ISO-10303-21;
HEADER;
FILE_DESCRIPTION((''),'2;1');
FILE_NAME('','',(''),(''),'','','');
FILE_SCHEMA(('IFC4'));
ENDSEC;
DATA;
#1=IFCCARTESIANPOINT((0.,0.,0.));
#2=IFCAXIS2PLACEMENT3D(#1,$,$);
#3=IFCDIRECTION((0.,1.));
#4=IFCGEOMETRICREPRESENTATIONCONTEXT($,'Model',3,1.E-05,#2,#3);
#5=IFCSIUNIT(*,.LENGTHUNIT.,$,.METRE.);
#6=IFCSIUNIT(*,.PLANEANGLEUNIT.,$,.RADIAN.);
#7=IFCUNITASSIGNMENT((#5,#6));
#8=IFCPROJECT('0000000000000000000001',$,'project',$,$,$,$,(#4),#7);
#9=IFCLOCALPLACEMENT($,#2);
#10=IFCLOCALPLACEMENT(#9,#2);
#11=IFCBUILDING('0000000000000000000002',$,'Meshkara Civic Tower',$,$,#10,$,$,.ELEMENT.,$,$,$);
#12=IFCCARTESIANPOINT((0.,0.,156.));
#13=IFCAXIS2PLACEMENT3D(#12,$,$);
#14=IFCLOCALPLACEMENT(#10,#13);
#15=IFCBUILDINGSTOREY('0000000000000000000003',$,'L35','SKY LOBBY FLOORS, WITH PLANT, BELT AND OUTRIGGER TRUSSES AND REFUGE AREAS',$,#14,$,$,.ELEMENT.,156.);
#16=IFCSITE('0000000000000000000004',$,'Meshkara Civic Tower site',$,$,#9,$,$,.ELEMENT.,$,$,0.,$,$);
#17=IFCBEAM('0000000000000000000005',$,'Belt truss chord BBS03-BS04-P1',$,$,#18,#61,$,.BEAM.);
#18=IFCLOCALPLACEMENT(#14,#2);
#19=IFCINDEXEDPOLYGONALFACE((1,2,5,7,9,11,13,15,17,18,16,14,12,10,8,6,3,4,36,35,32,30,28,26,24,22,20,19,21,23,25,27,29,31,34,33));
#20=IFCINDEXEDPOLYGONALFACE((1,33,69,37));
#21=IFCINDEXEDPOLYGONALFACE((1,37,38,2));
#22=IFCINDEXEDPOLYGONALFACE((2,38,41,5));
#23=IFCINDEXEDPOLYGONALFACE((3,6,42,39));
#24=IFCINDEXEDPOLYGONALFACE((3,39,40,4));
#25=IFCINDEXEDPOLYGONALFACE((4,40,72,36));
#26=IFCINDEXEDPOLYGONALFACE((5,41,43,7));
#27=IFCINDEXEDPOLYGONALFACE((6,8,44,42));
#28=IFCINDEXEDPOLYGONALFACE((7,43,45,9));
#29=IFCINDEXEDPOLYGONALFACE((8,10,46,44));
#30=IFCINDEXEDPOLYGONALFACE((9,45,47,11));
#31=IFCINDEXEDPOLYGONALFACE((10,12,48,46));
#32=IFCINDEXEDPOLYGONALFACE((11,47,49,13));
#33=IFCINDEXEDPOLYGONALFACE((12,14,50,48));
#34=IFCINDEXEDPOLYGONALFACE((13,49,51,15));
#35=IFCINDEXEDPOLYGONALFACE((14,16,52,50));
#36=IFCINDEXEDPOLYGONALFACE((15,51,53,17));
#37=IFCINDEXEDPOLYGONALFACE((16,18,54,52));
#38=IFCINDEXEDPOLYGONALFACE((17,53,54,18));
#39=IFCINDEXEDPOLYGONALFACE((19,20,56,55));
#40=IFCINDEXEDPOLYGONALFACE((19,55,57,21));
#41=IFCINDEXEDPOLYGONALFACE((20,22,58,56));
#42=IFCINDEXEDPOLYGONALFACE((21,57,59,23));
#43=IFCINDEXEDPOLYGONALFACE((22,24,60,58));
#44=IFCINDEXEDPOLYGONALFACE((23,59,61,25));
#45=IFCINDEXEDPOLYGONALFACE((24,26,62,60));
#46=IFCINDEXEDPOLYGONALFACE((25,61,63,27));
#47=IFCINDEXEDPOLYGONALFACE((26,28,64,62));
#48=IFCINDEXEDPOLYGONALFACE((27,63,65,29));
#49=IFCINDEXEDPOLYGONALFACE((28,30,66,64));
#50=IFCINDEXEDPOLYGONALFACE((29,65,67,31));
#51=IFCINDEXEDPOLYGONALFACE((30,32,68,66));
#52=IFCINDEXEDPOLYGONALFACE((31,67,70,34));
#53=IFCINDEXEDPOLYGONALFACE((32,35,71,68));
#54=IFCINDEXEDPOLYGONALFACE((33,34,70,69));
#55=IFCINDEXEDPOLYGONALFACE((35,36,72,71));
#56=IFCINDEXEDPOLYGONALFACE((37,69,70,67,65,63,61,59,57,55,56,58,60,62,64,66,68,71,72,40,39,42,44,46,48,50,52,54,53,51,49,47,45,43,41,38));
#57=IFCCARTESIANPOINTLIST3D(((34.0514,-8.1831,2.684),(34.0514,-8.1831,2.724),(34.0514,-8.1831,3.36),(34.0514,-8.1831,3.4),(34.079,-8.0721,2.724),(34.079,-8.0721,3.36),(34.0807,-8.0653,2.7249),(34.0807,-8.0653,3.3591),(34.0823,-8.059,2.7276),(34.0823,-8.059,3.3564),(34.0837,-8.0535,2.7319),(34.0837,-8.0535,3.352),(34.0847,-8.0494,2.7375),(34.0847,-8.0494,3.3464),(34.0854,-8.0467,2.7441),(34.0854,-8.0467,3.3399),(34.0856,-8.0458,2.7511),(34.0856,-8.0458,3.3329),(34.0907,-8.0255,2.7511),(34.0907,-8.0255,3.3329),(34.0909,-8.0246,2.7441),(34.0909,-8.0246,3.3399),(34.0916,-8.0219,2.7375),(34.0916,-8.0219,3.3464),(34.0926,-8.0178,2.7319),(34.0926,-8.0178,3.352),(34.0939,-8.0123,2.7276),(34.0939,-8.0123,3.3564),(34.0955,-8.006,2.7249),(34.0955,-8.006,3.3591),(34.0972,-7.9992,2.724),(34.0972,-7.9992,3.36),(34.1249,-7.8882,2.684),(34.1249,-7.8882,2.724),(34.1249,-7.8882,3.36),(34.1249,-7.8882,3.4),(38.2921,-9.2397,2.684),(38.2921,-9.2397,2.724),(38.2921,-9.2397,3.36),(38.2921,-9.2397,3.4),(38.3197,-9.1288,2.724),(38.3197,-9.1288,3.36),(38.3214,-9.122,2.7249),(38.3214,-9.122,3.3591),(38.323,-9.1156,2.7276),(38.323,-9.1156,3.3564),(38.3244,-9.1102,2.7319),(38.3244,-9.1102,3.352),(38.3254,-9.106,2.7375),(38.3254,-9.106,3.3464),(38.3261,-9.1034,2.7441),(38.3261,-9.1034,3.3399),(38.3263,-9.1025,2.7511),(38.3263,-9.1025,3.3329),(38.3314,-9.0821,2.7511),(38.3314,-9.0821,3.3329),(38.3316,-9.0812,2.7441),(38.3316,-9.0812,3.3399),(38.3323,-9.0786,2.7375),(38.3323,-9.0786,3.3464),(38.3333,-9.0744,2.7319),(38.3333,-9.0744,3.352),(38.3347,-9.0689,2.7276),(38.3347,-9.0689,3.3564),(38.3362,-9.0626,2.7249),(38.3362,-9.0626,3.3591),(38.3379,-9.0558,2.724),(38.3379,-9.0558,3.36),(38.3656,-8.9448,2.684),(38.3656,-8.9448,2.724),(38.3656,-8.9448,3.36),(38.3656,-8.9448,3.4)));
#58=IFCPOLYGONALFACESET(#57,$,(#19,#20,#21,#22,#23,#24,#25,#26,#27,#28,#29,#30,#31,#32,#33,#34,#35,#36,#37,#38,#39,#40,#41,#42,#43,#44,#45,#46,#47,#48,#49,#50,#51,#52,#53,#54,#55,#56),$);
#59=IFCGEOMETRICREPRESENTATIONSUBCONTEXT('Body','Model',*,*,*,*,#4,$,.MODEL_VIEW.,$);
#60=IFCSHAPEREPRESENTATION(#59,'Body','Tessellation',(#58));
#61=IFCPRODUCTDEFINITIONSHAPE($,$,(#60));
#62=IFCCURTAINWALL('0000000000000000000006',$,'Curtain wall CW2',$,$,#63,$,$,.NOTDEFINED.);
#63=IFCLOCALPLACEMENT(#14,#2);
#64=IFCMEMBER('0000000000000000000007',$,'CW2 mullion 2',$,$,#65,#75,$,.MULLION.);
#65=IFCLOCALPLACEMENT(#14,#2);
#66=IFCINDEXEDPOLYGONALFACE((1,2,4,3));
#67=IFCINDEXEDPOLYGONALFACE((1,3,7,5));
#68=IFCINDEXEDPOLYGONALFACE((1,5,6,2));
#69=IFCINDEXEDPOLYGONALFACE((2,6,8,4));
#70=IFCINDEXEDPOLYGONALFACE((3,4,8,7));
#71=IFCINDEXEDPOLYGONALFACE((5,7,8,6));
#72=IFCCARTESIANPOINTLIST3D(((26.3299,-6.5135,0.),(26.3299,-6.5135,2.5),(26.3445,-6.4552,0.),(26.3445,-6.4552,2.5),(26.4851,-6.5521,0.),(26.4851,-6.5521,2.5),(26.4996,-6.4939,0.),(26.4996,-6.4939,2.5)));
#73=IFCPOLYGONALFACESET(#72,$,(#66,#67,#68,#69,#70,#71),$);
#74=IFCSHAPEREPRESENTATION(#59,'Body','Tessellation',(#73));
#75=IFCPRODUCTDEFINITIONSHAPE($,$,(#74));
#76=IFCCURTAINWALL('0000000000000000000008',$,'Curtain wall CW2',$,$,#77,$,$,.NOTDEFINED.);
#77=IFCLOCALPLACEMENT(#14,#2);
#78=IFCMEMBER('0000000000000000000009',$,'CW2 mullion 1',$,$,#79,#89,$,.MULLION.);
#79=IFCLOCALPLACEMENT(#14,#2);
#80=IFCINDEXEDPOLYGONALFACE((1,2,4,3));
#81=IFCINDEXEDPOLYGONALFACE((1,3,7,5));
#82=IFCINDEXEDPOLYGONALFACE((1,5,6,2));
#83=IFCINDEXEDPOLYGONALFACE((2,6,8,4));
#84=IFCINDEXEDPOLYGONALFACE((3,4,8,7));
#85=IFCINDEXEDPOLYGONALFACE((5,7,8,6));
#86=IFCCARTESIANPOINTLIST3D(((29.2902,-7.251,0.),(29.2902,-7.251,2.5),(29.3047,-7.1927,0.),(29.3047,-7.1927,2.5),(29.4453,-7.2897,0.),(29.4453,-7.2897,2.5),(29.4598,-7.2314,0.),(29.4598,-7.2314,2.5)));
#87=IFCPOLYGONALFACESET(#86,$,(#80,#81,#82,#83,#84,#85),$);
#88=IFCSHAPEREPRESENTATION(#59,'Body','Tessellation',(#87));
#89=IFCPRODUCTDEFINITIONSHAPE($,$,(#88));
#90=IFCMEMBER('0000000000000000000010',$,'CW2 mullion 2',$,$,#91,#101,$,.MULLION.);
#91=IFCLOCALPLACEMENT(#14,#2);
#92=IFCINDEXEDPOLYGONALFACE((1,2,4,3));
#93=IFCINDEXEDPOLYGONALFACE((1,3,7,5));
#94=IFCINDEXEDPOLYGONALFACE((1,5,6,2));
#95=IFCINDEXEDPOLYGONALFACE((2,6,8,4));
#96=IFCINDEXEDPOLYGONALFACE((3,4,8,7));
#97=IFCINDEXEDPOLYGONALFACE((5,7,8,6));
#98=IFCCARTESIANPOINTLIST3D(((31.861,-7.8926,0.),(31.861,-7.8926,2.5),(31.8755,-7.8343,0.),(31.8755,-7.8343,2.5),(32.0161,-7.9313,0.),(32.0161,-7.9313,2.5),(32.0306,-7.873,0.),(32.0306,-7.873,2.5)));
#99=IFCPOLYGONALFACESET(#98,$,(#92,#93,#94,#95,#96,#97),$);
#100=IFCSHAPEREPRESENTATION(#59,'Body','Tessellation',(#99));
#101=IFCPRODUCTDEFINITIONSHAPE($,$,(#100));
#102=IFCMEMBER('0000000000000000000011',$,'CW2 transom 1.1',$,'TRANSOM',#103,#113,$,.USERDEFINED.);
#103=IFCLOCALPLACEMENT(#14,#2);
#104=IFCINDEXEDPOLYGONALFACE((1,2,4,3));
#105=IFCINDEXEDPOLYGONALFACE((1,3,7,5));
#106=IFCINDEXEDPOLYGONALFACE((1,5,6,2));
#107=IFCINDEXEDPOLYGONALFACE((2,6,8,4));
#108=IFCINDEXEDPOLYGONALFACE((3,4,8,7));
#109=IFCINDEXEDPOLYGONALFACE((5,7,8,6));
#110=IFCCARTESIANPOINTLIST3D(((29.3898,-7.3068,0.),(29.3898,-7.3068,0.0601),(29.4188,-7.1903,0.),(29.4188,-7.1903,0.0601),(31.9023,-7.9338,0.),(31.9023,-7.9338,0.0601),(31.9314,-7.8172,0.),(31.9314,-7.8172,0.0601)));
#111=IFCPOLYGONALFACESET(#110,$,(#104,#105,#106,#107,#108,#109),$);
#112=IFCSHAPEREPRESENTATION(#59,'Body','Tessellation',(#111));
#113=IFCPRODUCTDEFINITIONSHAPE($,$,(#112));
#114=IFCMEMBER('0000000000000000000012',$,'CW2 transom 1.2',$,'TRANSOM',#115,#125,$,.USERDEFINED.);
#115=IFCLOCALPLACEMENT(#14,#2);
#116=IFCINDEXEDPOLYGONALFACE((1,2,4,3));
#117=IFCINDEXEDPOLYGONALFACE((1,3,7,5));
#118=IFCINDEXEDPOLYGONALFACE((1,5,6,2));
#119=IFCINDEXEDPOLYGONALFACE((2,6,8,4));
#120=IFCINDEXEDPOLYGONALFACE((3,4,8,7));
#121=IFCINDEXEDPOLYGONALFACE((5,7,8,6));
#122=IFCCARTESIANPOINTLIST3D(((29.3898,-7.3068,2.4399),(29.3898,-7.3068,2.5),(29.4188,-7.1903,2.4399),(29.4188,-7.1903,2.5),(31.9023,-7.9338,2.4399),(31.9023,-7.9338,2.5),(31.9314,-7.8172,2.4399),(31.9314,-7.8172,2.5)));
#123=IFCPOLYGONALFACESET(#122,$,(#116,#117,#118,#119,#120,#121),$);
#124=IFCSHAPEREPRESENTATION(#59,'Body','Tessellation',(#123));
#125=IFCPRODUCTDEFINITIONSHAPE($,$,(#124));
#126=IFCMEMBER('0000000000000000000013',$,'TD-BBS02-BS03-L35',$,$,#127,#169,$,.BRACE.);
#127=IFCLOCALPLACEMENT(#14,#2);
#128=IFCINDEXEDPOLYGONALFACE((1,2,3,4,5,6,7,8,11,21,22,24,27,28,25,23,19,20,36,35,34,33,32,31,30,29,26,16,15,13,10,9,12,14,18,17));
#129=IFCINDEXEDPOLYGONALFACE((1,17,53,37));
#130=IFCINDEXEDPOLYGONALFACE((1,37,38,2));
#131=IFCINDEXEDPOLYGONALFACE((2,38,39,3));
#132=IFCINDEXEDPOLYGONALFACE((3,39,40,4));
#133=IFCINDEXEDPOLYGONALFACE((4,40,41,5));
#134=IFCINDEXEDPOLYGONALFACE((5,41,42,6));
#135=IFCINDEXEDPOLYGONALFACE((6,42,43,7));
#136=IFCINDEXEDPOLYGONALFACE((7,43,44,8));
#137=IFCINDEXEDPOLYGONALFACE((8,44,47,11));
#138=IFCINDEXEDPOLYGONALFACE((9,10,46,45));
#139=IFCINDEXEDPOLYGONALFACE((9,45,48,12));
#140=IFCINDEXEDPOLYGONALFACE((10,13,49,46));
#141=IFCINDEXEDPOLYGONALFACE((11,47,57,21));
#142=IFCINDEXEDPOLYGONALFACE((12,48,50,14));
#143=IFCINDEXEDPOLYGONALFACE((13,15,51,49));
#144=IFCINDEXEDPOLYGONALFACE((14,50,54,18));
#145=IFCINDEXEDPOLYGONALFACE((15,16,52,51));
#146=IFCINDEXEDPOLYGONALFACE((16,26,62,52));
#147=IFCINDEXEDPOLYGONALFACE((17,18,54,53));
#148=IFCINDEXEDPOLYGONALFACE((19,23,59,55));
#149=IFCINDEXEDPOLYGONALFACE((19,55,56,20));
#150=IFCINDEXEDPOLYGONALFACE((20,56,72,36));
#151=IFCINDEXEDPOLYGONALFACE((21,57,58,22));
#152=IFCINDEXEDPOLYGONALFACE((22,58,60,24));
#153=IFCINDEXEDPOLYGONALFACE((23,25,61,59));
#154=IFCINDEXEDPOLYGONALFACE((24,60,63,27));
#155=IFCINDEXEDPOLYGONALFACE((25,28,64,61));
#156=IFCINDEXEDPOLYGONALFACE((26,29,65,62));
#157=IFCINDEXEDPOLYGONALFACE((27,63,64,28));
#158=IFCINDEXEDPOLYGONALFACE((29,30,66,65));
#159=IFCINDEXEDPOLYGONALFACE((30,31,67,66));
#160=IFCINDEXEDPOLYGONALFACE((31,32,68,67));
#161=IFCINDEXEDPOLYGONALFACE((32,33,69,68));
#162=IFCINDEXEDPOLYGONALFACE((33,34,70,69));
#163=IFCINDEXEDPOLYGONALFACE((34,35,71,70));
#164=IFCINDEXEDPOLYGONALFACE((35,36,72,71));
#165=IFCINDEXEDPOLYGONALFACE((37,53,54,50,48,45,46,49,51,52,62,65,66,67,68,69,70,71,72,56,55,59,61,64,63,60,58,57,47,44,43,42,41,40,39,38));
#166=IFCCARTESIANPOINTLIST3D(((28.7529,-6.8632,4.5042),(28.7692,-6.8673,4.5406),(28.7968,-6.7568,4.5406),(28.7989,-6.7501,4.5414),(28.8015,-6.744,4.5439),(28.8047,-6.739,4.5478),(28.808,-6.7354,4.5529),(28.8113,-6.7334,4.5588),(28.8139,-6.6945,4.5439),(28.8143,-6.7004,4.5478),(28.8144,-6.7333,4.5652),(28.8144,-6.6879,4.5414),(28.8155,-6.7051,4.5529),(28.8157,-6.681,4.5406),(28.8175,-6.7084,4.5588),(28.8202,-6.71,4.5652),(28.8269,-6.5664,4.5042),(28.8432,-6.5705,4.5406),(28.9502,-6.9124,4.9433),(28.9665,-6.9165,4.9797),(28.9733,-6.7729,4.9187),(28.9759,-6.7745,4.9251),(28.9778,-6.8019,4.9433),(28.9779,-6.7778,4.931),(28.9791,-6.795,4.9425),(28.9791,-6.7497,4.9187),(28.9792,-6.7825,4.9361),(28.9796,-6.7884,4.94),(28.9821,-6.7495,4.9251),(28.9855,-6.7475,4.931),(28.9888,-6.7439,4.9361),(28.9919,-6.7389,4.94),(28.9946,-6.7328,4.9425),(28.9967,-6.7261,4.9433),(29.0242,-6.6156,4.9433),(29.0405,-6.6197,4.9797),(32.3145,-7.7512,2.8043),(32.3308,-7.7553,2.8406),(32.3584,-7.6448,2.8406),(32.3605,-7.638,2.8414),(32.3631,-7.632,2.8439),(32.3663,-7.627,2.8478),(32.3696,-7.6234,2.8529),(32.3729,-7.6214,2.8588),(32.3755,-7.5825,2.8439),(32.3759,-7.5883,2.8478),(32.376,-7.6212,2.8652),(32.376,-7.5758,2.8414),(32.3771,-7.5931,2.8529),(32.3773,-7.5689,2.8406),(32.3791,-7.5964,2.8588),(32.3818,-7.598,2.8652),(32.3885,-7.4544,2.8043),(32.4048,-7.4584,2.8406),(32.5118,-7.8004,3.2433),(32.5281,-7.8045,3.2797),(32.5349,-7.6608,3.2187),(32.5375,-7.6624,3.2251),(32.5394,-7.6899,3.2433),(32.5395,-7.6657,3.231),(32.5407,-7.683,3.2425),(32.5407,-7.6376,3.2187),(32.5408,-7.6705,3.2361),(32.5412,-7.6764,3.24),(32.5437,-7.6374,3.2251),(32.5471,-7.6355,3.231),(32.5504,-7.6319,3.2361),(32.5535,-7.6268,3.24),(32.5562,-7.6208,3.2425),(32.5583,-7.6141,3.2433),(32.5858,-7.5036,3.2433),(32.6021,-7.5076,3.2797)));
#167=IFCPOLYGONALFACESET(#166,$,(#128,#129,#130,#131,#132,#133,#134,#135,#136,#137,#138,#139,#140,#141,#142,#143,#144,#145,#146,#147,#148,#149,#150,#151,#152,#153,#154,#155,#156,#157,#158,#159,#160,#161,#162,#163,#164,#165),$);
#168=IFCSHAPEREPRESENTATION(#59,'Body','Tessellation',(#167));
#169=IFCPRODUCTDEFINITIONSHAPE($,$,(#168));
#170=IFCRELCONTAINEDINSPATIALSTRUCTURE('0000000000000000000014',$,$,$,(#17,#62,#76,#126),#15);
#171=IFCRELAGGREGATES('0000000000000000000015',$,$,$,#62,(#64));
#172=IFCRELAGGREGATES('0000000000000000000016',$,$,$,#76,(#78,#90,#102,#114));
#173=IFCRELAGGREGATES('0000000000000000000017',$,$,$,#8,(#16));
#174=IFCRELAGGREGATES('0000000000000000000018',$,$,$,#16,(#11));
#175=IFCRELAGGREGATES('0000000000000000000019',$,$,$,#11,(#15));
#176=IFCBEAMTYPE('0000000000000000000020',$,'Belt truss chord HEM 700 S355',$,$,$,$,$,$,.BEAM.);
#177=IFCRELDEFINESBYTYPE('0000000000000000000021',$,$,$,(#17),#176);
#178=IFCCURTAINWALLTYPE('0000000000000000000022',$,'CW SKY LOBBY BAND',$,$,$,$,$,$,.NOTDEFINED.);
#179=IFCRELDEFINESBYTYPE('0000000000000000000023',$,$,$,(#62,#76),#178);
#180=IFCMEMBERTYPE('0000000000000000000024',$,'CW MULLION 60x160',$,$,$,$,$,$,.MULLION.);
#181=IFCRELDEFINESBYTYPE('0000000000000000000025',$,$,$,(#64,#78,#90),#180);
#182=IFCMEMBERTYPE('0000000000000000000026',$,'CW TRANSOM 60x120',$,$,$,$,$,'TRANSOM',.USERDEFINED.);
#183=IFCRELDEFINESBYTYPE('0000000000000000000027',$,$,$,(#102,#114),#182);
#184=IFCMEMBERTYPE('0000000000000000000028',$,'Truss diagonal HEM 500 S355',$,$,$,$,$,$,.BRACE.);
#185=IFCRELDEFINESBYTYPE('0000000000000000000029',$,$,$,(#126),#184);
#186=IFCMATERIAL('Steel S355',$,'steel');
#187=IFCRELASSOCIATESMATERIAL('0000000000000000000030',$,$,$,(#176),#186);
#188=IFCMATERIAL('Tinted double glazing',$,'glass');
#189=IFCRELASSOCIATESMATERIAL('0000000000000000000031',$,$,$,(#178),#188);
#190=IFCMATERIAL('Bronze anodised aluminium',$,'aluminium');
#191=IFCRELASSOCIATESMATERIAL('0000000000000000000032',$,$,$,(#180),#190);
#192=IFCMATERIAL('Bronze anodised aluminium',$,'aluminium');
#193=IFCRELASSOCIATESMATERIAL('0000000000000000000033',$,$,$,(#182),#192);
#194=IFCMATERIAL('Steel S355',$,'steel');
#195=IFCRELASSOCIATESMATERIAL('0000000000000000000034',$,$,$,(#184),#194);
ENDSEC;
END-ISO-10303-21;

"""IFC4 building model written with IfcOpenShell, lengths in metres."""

from ifc_helpers import new_model, si_unit, direction, frame, origin, origin_2d, place, context, subcontext, project, spatial, rectangle, i_section, extrude, material, material_profile, profile_set, type_object, element, aggregate, save


model = new_model("IFC4")

# Units and contexts
model_context = context("Model", 3, precision=1e-05, world=origin(), true_north=direction((0.0, 1.0)))
body_context = subcontext(model_context, "Body", "Model", "MODEL_VIEW")
ifc_project = project(units=[si_unit("LENGTHUNIT", "METRE"), si_unit("PLANEANGLEUNIT", "RADIAN")], contexts=[model_context])

# Site, building, storey
site_placement = place(None, origin())
site = spatial("IfcSite", under=ifc_project, at=site_placement, Name="Meshkara Civic Tower site", CompositionType="ELEMENT", RefElevation=0.0)
building_placement = place(site_placement, origin())
building = spatial("IfcBuilding", under=site, at=building_placement, Name="Meshkara Civic Tower", CompositionType="ELEMENT")
storey_placement = place(building_placement, frame((0.0, 0.0, 156.0)))
storey = spatial("IfcBuildingStorey", under=building, at=storey_placement, Name="L35", Description="SKY LOBBY FLOORS, WITH PLANT, BELT AND OUTRIGGER TRUSSES AND REFUGE AREAS", CompositionType="ELEMENT", Elevation=156.0)

# Beam
ifc_material_1 = material(Name="Steel S355", Category="steel")
ifc_material_profile_1 = material_profile(ifc_material_1, i_section(OverallWidth=0.304, OverallDepth=0.7161, WebThickness=0.021, FlangeThickness=0.04, FilletRadius=0.0271, at=origin_2d()))
ifc_profile_set_1 = profile_set([ifc_material_profile_1], Name="Steel S355")
beam_type = type_object("IfcBeamType", Name="Belt truss chord HEM 700 S355", PredefinedType="BEAM", material=ifc_profile_set_1)
for number, where, z_axis, x_axis, name in (
    (1, (34.0881, -8.0356, 3.042), (0.970333, -0.241773, 0.0), (0.241773, 0.970333, 0.0), "Belt truss chord BBS03-BS04-P1"),
):
    element("IfcBeam", number, at=place(storey_placement, frame(where, z_axis=z_axis, x_axis=x_axis)), inside=storey, type_object=beam_type, Name=name, PredefinedType="BEAM", context=body_context, shape_type="SweptSolid", body=[
        extrude(i_section(OverallWidth=0.304, OverallDepth=0.7161, WebThickness=0.021, FlangeThickness=0.04, FilletRadius=0.0271, at=origin_2d()), origin(), (0.0, 0.0, 1.0), 4.3704),
    ])

# Curtain wall, member
ifc_material_2 = material(Name="Tinted double glazing", Category="glass")
curtain_wall_type = type_object("IfcCurtainWallType", Name="CW SKY LOBBY BAND", PredefinedType="NOTDEFINED", material=ifc_material_2)
curtain_wall_1_placement = place(storey_placement, origin())
curtain_wall_1 = element("IfcCurtainWall", 2, at=curtain_wall_1_placement, inside=storey, type_object=curtain_wall_type, Name="Curtain wall CW2", PredefinedType="NOTDEFINED")
ifc_material_3 = material(Name="Bronze anodised aluminium", Category="aluminium")
ifc_material_profile_2 = material_profile(ifc_material_3, rectangle(XDim=0.0601, YDim=0.1599, at=origin_2d()))
ifc_profile_set_2 = profile_set([ifc_material_profile_2], Name="Bronze anodised aluminium")
member_type_1 = type_object("IfcMemberType", Name="CW MULLION 60x160", PredefinedType="MULLION", material=ifc_profile_set_2)
member_1_placement = place(storey_placement, frame((26.4148, -6.5037, 0.0), z_axis=(0.0, 0.0, 1.0), x_axis=(0.241841, 0.970316, 0.0)))
member_1 = element("IfcMember", 3, at=member_1_placement, type_object=member_type_1, Name="CW2 mullion 2", PredefinedType="MULLION", context=body_context, shape_type="SweptSolid", body=[
    extrude(rectangle(XDim=0.0601, YDim=0.1599, at=origin_2d()), origin(), (0.0, 0.0, 1.0), 2.5),
])
aggregate(curtain_wall_1, [member_1])

# Curtain wall, members
curtain_wall_2_placement = place(storey_placement, origin())
curtain_wall_2 = element("IfcCurtainWall", 4, at=curtain_wall_2_placement, inside=storey, type_object=curtain_wall_type, Name="Curtain wall CW2", PredefinedType="NOTDEFINED")
member_2_placement = place(storey_placement, frame((29.375, -7.2412, 0.0), z_axis=(0.0, 0.0, 1.0), x_axis=(0.242101, 0.970251, 0.0)))
member_2 = element("IfcMember", 5, at=member_2_placement, type_object=member_type_1, Name="CW2 mullion 1", PredefinedType="MULLION", context=body_context, shape_type="SweptSolid", body=[
    extrude(rectangle(XDim=0.0601, YDim=0.1599, at=origin_2d()), origin(), (0.0, 0.0, 1.0), 2.5),
])
member_3_placement = place(storey_placement, frame((31.9458, -7.8828, 0.0), z_axis=(0.0, 0.0, 1.0), x_axis=(0.242101, 0.970251, 0.0)))
member_3 = element("IfcMember", 6, at=member_3_placement, type_object=member_type_1, Name="CW2 mullion 2", PredefinedType="MULLION", context=body_context, shape_type="SweptSolid", body=[
    extrude(rectangle(XDim=0.0601, YDim=0.1599, at=origin_2d()), origin(), (0.0, 0.0, 1.0), 2.5),
])
ifc_material_4 = material(Name="Bronze anodised aluminium", Category="aluminium")
ifc_material_profile_3 = material_profile(ifc_material_4, rectangle(XDim=0.1201, YDim=0.0601, at=origin_2d()))
ifc_profile_set_3 = profile_set([ifc_material_profile_3], Name="Bronze anodised aluminium")
member_type_2 = type_object("IfcMemberType", Name="CW TRANSOM 60x120", ElementType="TRANSOM", PredefinedType="USERDEFINED", material=ifc_profile_set_3)
member_4_placement = place(storey_placement, frame((29.4043, -7.2485, 0.03), z_axis=(0.970248, -0.242114, 0.0), x_axis=(0.242114, 0.970248, 0.0)))
member_4 = element("IfcMember", 7, at=member_4_placement, type_object=member_type_2, Name="CW2 transom 1.1", ObjectType="TRANSOM", PredefinedType="USERDEFINED", context=body_context, shape_type="SweptSolid", body=[
    extrude(rectangle(XDim=0.1201, YDim=0.0601, at=origin_2d()), origin(), (0.0, 0.0, 1.0), 2.5896),
])
member_5_placement = place(storey_placement, frame((29.4043, -7.2485, 2.47), z_axis=(0.970248, -0.242114, 0.0), x_axis=(0.242114, 0.970248, 0.0)))
member_5 = element("IfcMember", 8, at=member_5_placement, type_object=member_type_2, Name="CW2 transom 1.2", ObjectType="TRANSOM", PredefinedType="USERDEFINED", context=body_context, shape_type="SweptSolid", body=[
    extrude(rectangle(XDim=0.1201, YDim=0.0601, at=origin_2d()), origin(), (0.0, 0.0, 1.0), 2.5896),
])

# Member
ifc_material_5 = material(Name="Steel S355", Category="steel")
ifc_material_profile_4 = material_profile(ifc_material_5, i_section(OverallWidth=0.3059, OverallDepth=0.5239, WebThickness=0.0239, FlangeThickness=0.04, FilletRadius=0.0271, at=origin_2d()))
ifc_profile_set_4 = profile_set([ifc_material_profile_4], Name="Steel S355")
member_type_3 = type_object("IfcMemberType", Name="Truss diagonal HEM 500 S355", PredefinedType="BRACE", material=ifc_profile_set_4)
member_6_placement = place(storey_placement, frame((28.8967, -6.7415, 4.7419), z_axis=(0.880457, -0.219511, -0.420251), x_axis=(0.24191, 0.970299, 0.0)))
element("IfcMember", 9, at=member_6_placement, inside=storey, type_object=member_type_3, Name="TD-BBS02-BS03-L35", PredefinedType="BRACE", context=body_context, shape_type="SweptSolid", body=[
    extrude(i_section(OverallWidth=0.3059, OverallDepth=0.5239, WebThickness=0.0239, FlangeThickness=0.04, FilletRadius=0.0271, at=origin_2d()), origin(), (0.0, 0.0, 1.0), 4.0452),
])

aggregate(curtain_wall_2, [member_2, member_3, member_4, member_5])

save(model, "model.ifc")
